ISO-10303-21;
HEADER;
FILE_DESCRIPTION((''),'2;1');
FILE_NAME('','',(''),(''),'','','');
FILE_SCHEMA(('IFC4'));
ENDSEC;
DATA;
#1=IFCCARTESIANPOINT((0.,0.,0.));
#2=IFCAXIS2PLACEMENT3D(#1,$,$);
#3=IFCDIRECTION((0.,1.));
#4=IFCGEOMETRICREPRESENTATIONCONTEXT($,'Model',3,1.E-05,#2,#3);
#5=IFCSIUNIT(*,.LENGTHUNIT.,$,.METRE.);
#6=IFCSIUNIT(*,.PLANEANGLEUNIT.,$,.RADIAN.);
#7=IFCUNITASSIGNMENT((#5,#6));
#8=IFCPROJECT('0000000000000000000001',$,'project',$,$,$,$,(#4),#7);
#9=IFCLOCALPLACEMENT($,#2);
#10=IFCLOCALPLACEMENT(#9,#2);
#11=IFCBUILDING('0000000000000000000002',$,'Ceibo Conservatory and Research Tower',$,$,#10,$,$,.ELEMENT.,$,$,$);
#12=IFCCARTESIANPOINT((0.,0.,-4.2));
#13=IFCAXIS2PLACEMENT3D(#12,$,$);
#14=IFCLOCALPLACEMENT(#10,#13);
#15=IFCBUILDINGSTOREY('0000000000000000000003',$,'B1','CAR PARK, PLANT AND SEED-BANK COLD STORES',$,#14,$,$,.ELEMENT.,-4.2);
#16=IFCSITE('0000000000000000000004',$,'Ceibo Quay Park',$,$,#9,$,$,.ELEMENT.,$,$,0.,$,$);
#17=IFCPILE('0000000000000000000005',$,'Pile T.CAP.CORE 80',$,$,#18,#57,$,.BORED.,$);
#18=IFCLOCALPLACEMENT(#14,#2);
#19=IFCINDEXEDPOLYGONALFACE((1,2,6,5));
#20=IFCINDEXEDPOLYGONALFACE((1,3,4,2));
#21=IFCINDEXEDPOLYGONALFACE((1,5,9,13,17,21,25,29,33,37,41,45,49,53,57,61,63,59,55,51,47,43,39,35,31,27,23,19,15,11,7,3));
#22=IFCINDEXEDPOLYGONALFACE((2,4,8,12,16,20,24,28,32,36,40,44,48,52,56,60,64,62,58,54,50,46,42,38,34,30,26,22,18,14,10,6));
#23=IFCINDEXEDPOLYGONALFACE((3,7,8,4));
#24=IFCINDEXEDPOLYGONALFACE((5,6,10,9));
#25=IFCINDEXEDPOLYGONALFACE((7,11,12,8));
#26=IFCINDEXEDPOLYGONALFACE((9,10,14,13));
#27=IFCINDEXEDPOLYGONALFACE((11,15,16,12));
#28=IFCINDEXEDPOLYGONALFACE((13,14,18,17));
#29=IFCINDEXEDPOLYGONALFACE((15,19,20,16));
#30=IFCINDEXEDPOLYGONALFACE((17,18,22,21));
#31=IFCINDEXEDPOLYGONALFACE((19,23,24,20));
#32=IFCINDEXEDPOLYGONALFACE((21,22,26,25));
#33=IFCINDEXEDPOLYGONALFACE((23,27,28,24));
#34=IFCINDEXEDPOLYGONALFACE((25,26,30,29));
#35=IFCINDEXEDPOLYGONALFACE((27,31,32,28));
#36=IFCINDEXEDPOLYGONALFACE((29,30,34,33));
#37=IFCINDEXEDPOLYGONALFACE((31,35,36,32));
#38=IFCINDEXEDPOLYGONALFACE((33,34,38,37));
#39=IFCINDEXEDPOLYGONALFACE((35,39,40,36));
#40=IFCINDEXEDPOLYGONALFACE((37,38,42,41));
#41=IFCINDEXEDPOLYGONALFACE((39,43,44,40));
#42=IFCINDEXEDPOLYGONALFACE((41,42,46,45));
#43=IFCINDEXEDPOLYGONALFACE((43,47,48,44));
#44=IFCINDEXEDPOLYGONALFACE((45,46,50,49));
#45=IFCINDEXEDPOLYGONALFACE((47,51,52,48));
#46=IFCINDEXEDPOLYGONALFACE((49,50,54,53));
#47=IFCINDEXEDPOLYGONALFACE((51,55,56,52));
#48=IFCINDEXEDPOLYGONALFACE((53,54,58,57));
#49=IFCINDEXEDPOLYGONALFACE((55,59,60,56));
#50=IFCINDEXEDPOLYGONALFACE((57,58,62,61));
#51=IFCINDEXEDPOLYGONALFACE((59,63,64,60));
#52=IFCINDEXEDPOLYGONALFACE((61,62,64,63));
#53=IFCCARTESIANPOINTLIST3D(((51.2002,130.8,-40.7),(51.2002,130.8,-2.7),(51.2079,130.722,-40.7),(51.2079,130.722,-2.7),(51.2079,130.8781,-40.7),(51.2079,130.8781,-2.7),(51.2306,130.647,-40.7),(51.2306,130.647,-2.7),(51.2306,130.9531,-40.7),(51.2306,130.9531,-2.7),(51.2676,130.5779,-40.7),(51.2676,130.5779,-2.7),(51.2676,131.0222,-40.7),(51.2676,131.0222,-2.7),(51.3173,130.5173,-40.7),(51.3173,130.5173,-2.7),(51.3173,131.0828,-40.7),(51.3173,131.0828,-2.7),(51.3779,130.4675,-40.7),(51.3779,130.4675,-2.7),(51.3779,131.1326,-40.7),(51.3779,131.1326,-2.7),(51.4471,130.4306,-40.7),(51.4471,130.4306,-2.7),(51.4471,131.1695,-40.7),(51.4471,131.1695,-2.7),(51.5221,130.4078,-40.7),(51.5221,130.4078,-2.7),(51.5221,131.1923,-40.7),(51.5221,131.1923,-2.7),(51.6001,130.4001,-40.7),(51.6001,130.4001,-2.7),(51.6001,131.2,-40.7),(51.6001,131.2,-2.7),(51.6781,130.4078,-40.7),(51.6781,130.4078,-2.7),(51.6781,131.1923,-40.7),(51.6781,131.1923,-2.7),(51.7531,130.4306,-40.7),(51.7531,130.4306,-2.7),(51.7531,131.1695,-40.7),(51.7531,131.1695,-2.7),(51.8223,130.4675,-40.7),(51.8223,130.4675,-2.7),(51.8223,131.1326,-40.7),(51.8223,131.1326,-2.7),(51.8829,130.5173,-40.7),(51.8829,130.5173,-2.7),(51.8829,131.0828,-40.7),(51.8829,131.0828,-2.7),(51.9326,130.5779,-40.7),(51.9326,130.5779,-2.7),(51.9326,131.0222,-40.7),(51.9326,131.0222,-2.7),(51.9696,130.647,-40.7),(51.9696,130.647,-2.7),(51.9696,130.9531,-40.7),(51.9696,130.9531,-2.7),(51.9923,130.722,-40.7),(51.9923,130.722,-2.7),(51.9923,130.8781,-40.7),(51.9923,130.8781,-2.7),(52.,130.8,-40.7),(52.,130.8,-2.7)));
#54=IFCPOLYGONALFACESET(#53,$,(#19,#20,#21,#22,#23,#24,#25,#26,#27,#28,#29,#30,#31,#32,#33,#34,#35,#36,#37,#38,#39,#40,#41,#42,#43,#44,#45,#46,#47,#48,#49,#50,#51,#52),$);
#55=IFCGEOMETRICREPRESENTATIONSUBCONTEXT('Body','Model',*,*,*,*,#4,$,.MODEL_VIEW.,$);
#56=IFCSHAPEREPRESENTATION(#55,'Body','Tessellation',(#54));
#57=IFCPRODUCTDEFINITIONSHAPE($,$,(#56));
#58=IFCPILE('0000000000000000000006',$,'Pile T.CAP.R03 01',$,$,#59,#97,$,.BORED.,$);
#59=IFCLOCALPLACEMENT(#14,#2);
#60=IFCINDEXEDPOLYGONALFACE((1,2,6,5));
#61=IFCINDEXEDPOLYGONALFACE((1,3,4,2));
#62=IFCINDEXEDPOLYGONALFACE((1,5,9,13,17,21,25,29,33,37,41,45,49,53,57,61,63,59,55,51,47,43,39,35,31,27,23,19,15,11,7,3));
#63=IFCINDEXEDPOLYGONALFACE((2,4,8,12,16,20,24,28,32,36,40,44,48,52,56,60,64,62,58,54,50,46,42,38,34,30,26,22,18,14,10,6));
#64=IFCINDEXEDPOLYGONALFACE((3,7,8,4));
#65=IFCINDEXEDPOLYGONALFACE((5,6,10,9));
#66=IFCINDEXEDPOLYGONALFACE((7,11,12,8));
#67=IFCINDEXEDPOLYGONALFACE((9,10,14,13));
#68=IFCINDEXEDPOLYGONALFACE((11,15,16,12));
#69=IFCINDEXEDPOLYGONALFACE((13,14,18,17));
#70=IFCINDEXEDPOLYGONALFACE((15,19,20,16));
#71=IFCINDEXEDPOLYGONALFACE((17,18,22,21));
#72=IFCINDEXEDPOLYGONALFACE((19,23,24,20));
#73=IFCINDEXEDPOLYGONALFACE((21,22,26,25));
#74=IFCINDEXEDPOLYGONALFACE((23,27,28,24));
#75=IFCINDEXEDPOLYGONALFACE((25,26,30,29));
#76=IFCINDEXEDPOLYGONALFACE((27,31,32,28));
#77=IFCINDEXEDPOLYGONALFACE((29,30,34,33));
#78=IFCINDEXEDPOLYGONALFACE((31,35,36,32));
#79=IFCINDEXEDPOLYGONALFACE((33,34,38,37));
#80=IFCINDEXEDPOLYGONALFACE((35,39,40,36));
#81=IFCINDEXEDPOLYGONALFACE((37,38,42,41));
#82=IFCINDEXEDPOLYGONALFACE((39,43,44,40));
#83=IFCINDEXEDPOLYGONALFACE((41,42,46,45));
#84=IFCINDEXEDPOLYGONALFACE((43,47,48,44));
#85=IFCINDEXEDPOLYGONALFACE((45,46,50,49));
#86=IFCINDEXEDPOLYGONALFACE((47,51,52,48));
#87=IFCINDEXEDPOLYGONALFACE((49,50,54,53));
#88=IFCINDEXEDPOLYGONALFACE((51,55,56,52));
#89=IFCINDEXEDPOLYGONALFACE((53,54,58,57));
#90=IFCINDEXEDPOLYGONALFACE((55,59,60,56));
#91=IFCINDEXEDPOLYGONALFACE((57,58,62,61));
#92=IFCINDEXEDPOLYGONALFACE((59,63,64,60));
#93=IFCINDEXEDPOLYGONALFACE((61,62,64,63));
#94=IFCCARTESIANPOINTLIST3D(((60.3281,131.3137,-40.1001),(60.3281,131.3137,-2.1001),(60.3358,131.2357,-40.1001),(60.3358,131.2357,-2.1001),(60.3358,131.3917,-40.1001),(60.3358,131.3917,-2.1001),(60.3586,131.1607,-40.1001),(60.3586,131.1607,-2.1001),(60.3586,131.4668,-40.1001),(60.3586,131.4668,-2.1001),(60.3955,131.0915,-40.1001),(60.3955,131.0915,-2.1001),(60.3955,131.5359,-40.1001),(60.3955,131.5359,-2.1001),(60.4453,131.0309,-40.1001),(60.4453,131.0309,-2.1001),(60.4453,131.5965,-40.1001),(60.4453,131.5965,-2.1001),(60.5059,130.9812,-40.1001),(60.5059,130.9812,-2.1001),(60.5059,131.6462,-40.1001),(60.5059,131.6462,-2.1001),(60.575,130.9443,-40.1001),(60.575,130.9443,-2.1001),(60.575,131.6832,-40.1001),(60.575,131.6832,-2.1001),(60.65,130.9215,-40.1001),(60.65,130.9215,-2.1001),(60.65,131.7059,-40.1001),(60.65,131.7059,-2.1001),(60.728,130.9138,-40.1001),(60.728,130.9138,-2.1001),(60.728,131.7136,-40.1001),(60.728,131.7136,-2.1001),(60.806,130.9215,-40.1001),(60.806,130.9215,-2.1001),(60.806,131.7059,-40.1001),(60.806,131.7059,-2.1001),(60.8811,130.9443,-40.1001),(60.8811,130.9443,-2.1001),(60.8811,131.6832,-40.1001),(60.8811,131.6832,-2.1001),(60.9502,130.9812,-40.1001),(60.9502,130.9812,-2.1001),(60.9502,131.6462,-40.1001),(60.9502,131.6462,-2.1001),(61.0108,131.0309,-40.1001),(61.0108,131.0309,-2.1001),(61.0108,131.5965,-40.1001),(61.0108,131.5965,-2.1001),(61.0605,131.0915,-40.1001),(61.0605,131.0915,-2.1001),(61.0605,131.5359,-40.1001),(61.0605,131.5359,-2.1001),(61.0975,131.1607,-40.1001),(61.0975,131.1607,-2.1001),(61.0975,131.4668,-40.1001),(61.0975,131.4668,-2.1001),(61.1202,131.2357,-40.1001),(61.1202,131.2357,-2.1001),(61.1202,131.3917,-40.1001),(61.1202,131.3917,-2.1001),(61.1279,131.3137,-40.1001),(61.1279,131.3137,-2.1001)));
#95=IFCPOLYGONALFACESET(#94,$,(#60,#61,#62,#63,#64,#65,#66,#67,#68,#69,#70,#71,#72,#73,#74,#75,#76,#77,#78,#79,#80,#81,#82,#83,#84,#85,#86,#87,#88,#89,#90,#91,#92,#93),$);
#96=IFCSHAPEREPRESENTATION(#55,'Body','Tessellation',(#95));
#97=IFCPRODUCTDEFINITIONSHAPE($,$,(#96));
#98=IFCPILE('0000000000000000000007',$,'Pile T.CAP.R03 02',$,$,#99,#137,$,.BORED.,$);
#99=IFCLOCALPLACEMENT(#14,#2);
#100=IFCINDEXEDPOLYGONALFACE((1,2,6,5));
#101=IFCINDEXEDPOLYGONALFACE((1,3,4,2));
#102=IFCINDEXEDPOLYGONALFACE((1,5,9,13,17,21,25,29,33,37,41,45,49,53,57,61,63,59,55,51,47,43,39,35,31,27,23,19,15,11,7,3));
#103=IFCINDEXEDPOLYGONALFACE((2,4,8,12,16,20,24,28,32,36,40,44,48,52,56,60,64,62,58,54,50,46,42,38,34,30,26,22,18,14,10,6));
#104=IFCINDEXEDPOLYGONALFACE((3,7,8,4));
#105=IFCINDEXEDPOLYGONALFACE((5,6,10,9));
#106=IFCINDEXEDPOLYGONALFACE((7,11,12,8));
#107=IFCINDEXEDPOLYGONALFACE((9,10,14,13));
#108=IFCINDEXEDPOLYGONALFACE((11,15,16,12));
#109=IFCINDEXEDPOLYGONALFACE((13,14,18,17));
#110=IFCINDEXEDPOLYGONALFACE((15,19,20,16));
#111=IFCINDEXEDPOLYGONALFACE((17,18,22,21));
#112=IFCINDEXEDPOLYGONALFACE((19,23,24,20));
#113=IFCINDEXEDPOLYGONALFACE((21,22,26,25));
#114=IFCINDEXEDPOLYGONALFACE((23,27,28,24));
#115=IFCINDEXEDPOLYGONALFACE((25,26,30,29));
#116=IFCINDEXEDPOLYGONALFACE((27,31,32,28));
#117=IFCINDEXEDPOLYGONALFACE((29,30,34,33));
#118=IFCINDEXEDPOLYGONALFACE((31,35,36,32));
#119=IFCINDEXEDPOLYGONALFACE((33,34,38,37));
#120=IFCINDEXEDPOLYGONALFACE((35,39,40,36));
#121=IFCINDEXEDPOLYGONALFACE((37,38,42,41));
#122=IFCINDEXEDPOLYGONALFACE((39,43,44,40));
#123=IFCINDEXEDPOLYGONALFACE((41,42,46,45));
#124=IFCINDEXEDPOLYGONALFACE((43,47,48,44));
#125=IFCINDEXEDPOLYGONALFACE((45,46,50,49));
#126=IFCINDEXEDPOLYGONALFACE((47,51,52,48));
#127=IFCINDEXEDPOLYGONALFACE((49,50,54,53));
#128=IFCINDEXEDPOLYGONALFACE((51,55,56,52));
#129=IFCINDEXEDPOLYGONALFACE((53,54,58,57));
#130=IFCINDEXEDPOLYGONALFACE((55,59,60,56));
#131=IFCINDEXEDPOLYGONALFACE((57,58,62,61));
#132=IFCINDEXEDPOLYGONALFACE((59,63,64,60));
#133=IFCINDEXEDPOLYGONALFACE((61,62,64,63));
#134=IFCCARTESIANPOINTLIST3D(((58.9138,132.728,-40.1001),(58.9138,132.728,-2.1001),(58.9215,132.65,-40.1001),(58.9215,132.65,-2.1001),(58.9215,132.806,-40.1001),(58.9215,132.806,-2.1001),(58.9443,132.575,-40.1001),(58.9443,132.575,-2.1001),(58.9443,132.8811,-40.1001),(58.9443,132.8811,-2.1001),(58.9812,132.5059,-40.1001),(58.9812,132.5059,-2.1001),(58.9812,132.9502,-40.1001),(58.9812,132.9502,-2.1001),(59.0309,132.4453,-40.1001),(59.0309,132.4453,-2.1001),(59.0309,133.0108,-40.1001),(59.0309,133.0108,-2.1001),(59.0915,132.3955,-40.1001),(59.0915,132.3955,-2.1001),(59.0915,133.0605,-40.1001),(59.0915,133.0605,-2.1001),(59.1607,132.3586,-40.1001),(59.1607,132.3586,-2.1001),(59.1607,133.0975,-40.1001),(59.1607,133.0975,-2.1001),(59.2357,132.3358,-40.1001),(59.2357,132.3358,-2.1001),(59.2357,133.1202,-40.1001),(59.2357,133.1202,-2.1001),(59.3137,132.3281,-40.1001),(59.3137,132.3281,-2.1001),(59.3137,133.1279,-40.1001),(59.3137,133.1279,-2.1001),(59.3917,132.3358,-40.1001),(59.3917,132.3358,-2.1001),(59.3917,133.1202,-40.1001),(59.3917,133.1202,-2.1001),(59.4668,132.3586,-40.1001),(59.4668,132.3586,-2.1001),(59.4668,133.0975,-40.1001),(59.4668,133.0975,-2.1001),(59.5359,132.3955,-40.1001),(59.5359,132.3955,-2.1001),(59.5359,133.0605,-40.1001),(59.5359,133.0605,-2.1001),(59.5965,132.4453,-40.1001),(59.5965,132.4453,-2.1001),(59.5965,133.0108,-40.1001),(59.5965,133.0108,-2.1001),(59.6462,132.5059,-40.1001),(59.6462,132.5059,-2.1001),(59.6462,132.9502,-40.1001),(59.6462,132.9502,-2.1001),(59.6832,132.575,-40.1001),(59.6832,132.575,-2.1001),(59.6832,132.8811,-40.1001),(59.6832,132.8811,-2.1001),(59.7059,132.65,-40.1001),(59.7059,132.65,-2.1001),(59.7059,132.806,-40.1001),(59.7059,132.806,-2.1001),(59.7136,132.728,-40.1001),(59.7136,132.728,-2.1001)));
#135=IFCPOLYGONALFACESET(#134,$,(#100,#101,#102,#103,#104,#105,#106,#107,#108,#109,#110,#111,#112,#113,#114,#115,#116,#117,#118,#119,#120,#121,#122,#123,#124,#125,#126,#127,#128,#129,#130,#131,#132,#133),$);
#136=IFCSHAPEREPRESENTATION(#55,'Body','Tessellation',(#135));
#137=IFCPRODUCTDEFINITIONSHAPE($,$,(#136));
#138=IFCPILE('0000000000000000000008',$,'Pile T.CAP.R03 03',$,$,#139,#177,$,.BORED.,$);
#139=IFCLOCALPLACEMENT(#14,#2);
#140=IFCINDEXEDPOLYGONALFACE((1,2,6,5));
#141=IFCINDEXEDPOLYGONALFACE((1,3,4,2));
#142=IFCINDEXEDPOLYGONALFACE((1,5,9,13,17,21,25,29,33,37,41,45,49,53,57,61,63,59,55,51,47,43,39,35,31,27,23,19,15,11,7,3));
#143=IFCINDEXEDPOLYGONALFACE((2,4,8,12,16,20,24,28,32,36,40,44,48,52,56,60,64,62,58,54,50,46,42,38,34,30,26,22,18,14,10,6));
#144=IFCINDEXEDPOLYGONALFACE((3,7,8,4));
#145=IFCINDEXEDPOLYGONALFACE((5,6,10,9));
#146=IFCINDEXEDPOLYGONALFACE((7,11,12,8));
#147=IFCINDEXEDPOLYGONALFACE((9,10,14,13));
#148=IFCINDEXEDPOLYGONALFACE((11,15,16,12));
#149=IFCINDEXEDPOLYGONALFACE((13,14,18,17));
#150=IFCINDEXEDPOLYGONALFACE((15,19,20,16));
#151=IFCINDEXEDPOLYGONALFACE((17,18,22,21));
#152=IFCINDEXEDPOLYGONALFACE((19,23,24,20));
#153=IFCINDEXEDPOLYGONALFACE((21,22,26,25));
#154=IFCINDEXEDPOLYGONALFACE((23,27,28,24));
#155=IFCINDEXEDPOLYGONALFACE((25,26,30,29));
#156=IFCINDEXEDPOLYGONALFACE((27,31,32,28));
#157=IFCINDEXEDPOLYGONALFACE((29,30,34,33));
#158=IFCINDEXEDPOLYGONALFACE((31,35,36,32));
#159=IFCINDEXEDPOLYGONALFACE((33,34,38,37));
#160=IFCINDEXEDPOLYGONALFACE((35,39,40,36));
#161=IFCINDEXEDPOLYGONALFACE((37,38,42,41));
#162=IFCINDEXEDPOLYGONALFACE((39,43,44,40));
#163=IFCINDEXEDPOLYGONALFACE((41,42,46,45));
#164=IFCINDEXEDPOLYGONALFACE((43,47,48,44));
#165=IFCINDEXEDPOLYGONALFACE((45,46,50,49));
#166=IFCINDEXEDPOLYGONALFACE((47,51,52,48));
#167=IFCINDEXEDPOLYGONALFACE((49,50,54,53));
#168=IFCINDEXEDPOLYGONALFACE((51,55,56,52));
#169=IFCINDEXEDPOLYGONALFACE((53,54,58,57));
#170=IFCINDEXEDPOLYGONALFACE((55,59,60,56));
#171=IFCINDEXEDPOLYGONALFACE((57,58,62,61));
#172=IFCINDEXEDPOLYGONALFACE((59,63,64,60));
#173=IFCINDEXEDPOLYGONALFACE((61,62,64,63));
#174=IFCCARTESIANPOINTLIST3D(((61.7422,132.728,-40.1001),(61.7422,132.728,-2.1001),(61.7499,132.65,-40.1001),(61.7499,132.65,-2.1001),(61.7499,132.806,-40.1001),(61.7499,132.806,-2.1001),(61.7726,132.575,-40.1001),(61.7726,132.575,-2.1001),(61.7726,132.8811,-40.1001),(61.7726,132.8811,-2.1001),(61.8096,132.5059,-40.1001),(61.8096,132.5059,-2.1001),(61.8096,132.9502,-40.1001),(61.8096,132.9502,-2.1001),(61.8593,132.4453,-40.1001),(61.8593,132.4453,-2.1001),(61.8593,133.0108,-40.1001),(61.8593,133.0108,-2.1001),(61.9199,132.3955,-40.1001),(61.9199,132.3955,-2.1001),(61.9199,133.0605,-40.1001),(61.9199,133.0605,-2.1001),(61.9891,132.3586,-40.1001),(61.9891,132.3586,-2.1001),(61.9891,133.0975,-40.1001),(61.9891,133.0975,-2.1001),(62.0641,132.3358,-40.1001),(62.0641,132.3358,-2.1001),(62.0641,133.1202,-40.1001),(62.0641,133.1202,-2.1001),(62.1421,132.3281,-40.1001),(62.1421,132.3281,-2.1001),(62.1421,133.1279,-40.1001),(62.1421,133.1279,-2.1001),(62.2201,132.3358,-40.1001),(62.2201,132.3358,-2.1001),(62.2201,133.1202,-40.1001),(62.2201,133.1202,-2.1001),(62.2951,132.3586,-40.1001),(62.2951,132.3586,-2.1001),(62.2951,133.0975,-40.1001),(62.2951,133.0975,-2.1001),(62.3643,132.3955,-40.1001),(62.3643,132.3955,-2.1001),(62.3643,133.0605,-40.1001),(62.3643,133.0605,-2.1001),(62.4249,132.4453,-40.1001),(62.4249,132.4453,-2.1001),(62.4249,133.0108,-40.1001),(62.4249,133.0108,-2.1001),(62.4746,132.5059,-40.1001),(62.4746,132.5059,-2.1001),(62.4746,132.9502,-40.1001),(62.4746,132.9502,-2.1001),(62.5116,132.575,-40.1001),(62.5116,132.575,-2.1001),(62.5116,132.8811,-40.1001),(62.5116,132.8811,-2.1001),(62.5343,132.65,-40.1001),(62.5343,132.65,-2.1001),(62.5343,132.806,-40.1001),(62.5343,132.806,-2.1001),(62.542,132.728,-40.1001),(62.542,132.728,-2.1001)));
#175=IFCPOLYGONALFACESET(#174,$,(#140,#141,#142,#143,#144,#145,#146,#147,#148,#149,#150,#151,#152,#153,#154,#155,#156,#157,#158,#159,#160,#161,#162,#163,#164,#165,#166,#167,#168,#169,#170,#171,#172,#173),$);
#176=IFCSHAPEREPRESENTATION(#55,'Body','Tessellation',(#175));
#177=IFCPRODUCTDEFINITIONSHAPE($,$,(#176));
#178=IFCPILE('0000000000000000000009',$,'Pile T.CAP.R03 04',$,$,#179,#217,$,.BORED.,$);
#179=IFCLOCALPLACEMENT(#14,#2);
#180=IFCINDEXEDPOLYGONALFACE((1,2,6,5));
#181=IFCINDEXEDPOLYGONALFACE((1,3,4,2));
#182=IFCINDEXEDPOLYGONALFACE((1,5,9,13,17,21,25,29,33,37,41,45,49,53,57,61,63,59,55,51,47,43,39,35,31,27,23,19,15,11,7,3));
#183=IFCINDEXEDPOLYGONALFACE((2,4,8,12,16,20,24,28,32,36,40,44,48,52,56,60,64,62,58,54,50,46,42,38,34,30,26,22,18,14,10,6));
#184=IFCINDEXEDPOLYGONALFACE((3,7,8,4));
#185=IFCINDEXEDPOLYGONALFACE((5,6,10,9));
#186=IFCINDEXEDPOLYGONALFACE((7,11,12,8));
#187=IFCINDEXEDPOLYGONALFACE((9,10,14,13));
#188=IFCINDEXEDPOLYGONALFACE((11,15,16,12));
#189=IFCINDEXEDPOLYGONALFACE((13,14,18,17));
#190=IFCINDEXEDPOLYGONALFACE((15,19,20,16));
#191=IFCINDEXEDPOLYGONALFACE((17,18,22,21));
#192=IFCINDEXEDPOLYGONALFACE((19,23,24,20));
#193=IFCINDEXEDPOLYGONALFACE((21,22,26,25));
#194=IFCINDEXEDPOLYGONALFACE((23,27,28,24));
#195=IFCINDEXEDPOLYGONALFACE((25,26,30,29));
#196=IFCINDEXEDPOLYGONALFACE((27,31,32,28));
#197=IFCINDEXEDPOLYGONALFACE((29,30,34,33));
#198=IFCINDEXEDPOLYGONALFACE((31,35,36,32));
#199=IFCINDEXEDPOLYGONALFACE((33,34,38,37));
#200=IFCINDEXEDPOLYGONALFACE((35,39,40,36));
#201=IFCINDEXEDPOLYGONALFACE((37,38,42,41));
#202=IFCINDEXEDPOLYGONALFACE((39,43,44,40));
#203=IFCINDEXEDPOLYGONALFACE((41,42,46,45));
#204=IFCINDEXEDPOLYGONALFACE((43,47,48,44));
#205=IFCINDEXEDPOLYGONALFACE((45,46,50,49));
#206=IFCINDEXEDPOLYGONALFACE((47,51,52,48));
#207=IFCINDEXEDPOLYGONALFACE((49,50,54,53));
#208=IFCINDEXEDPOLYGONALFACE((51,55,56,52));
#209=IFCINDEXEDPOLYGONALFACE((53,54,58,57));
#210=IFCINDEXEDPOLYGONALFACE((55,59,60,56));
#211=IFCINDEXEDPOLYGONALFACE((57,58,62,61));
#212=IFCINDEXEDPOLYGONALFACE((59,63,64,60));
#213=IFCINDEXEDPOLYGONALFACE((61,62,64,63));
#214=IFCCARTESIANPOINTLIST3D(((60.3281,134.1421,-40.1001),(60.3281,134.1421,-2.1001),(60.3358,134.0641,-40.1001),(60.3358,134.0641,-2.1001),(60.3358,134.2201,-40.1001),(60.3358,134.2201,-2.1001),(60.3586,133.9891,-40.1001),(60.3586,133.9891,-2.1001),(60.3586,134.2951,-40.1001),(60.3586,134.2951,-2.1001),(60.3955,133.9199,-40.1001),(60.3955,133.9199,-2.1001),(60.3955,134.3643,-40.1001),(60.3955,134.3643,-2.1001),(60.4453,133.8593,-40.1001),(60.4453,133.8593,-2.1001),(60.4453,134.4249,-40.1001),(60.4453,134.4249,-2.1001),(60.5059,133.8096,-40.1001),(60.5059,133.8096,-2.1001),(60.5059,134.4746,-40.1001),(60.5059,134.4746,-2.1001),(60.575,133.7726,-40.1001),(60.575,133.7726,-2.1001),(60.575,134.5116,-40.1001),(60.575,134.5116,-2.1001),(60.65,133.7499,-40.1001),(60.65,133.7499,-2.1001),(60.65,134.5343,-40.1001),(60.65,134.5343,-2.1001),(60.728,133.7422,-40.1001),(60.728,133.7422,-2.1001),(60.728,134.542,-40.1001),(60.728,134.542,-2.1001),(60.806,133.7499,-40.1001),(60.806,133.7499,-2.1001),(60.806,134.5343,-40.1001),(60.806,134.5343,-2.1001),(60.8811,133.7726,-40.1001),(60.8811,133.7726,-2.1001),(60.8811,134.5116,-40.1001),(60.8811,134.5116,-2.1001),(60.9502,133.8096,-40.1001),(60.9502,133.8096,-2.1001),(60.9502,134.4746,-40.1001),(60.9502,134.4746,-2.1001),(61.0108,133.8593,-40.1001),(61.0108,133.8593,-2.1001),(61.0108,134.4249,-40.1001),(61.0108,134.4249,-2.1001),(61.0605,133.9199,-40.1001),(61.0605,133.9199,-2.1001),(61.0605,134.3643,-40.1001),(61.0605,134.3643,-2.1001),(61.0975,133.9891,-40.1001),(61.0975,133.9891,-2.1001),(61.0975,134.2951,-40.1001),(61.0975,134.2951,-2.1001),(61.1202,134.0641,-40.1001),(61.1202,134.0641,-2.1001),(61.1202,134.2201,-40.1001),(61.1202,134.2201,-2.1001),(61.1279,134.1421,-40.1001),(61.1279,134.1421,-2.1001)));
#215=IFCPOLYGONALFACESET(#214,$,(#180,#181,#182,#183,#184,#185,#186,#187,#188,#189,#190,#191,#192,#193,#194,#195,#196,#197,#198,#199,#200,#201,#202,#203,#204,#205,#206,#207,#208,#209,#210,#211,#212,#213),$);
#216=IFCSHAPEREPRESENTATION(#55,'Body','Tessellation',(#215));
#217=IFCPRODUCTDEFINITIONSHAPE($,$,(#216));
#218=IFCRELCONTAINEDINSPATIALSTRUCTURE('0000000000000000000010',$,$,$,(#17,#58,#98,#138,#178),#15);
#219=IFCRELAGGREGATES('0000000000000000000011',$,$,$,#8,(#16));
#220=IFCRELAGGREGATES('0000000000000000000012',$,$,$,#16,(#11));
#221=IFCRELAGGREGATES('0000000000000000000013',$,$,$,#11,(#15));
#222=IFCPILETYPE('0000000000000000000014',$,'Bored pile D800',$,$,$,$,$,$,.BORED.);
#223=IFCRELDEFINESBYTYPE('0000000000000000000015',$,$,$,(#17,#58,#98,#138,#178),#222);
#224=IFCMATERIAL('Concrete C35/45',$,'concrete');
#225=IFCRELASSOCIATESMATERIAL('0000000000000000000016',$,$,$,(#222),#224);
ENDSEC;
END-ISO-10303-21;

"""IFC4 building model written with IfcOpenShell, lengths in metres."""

from ifc_helpers import new_model, si_unit, direction, frame, origin, origin_2d, place, context, subcontext, project, spatial, circle, extrude, material, material_profile, profile_set, type_object, element, save


model = new_model("IFC4")

# Units and contexts
model_context = context("Model", 3, precision=1e-05, world=origin(), true_north=direction((0.0, 1.0)))
body_context = subcontext(model_context, "Body", "Model", "MODEL_VIEW")
ifc_project = project(units=[si_unit("LENGTHUNIT", "METRE"), si_unit("PLANEANGLEUNIT", "RADIAN")], contexts=[model_context])

# Site, building, storey
site_placement = place(None, origin())
site = spatial("IfcSite", under=ifc_project, at=site_placement, Name="Ceibo Quay Park", CompositionType="ELEMENT", RefElevation=0.0)
building_placement = place(site_placement, origin())
building = spatial("IfcBuilding", under=site, at=building_placement, Name="Ceibo Conservatory and Research Tower", CompositionType="ELEMENT")
storey_placement = place(building_placement, frame((0.0, 0.0, -4.2)))
storey = spatial("IfcBuildingStorey", under=building, at=storey_placement, Name="B1", Description="CAR PARK, PLANT AND SEED-BANK COLD STORES", CompositionType="ELEMENT", Elevation=-4.2)

# Piles
ifc_material_1 = material(Name="Concrete C35/45", Category="concrete")
ifc_material_profile_1 = material_profile(ifc_material_1, circle(Radius=0.3999, at=origin_2d()), Name="RC D800")
ifc_profile_set_1 = profile_set([ifc_material_profile_1], Name="Concrete C35/45")
pile_type = type_object("IfcPileType", Name="Bored pile D800", PredefinedType="BORED", material=ifc_profile_set_1)
for number, where, z_axis, x_axis, name in (
    (1, (51.6001, 130.8, -2.7), (0.0, 0.0, -1.0), (1.0, 0.0, 0.0), "Pile T.CAP.CORE 80"),
    (2, (60.728, 131.3137, -2.1001), (0.0, 0.0, -1.0), (1.0, 0.0, 0.0), "Pile T.CAP.R03 01"),
    (3, (59.3137, 132.728, -2.1001), (0.0, 0.0, -1.0), (1.0, 0.0, 0.0), "Pile T.CAP.R03 02"),
    (4, (62.1421, 132.728, -2.1001), (0.0, 0.0, -1.0), (1.0, 0.0, 0.0), "Pile T.CAP.R03 03"),
    (5, (60.728, 134.1421, -2.1001), (0.0, 0.0, -1.0), (1.0, 0.0, 0.0), "Pile T.CAP.R03 04"),
):
    element("IfcPile", number, at=place(storey_placement, frame(where, z_axis=z_axis, x_axis=x_axis)), inside=storey, type_object=pile_type, Name=name, PredefinedType="BORED", context=body_context, shape_type="SweptSolid", body=[
        extrude(circle(Radius=0.3999, at=origin_2d()), origin(), (0.0, 0.0, 1.0), 38.0),
    ])

save(model, "model.ifc")
